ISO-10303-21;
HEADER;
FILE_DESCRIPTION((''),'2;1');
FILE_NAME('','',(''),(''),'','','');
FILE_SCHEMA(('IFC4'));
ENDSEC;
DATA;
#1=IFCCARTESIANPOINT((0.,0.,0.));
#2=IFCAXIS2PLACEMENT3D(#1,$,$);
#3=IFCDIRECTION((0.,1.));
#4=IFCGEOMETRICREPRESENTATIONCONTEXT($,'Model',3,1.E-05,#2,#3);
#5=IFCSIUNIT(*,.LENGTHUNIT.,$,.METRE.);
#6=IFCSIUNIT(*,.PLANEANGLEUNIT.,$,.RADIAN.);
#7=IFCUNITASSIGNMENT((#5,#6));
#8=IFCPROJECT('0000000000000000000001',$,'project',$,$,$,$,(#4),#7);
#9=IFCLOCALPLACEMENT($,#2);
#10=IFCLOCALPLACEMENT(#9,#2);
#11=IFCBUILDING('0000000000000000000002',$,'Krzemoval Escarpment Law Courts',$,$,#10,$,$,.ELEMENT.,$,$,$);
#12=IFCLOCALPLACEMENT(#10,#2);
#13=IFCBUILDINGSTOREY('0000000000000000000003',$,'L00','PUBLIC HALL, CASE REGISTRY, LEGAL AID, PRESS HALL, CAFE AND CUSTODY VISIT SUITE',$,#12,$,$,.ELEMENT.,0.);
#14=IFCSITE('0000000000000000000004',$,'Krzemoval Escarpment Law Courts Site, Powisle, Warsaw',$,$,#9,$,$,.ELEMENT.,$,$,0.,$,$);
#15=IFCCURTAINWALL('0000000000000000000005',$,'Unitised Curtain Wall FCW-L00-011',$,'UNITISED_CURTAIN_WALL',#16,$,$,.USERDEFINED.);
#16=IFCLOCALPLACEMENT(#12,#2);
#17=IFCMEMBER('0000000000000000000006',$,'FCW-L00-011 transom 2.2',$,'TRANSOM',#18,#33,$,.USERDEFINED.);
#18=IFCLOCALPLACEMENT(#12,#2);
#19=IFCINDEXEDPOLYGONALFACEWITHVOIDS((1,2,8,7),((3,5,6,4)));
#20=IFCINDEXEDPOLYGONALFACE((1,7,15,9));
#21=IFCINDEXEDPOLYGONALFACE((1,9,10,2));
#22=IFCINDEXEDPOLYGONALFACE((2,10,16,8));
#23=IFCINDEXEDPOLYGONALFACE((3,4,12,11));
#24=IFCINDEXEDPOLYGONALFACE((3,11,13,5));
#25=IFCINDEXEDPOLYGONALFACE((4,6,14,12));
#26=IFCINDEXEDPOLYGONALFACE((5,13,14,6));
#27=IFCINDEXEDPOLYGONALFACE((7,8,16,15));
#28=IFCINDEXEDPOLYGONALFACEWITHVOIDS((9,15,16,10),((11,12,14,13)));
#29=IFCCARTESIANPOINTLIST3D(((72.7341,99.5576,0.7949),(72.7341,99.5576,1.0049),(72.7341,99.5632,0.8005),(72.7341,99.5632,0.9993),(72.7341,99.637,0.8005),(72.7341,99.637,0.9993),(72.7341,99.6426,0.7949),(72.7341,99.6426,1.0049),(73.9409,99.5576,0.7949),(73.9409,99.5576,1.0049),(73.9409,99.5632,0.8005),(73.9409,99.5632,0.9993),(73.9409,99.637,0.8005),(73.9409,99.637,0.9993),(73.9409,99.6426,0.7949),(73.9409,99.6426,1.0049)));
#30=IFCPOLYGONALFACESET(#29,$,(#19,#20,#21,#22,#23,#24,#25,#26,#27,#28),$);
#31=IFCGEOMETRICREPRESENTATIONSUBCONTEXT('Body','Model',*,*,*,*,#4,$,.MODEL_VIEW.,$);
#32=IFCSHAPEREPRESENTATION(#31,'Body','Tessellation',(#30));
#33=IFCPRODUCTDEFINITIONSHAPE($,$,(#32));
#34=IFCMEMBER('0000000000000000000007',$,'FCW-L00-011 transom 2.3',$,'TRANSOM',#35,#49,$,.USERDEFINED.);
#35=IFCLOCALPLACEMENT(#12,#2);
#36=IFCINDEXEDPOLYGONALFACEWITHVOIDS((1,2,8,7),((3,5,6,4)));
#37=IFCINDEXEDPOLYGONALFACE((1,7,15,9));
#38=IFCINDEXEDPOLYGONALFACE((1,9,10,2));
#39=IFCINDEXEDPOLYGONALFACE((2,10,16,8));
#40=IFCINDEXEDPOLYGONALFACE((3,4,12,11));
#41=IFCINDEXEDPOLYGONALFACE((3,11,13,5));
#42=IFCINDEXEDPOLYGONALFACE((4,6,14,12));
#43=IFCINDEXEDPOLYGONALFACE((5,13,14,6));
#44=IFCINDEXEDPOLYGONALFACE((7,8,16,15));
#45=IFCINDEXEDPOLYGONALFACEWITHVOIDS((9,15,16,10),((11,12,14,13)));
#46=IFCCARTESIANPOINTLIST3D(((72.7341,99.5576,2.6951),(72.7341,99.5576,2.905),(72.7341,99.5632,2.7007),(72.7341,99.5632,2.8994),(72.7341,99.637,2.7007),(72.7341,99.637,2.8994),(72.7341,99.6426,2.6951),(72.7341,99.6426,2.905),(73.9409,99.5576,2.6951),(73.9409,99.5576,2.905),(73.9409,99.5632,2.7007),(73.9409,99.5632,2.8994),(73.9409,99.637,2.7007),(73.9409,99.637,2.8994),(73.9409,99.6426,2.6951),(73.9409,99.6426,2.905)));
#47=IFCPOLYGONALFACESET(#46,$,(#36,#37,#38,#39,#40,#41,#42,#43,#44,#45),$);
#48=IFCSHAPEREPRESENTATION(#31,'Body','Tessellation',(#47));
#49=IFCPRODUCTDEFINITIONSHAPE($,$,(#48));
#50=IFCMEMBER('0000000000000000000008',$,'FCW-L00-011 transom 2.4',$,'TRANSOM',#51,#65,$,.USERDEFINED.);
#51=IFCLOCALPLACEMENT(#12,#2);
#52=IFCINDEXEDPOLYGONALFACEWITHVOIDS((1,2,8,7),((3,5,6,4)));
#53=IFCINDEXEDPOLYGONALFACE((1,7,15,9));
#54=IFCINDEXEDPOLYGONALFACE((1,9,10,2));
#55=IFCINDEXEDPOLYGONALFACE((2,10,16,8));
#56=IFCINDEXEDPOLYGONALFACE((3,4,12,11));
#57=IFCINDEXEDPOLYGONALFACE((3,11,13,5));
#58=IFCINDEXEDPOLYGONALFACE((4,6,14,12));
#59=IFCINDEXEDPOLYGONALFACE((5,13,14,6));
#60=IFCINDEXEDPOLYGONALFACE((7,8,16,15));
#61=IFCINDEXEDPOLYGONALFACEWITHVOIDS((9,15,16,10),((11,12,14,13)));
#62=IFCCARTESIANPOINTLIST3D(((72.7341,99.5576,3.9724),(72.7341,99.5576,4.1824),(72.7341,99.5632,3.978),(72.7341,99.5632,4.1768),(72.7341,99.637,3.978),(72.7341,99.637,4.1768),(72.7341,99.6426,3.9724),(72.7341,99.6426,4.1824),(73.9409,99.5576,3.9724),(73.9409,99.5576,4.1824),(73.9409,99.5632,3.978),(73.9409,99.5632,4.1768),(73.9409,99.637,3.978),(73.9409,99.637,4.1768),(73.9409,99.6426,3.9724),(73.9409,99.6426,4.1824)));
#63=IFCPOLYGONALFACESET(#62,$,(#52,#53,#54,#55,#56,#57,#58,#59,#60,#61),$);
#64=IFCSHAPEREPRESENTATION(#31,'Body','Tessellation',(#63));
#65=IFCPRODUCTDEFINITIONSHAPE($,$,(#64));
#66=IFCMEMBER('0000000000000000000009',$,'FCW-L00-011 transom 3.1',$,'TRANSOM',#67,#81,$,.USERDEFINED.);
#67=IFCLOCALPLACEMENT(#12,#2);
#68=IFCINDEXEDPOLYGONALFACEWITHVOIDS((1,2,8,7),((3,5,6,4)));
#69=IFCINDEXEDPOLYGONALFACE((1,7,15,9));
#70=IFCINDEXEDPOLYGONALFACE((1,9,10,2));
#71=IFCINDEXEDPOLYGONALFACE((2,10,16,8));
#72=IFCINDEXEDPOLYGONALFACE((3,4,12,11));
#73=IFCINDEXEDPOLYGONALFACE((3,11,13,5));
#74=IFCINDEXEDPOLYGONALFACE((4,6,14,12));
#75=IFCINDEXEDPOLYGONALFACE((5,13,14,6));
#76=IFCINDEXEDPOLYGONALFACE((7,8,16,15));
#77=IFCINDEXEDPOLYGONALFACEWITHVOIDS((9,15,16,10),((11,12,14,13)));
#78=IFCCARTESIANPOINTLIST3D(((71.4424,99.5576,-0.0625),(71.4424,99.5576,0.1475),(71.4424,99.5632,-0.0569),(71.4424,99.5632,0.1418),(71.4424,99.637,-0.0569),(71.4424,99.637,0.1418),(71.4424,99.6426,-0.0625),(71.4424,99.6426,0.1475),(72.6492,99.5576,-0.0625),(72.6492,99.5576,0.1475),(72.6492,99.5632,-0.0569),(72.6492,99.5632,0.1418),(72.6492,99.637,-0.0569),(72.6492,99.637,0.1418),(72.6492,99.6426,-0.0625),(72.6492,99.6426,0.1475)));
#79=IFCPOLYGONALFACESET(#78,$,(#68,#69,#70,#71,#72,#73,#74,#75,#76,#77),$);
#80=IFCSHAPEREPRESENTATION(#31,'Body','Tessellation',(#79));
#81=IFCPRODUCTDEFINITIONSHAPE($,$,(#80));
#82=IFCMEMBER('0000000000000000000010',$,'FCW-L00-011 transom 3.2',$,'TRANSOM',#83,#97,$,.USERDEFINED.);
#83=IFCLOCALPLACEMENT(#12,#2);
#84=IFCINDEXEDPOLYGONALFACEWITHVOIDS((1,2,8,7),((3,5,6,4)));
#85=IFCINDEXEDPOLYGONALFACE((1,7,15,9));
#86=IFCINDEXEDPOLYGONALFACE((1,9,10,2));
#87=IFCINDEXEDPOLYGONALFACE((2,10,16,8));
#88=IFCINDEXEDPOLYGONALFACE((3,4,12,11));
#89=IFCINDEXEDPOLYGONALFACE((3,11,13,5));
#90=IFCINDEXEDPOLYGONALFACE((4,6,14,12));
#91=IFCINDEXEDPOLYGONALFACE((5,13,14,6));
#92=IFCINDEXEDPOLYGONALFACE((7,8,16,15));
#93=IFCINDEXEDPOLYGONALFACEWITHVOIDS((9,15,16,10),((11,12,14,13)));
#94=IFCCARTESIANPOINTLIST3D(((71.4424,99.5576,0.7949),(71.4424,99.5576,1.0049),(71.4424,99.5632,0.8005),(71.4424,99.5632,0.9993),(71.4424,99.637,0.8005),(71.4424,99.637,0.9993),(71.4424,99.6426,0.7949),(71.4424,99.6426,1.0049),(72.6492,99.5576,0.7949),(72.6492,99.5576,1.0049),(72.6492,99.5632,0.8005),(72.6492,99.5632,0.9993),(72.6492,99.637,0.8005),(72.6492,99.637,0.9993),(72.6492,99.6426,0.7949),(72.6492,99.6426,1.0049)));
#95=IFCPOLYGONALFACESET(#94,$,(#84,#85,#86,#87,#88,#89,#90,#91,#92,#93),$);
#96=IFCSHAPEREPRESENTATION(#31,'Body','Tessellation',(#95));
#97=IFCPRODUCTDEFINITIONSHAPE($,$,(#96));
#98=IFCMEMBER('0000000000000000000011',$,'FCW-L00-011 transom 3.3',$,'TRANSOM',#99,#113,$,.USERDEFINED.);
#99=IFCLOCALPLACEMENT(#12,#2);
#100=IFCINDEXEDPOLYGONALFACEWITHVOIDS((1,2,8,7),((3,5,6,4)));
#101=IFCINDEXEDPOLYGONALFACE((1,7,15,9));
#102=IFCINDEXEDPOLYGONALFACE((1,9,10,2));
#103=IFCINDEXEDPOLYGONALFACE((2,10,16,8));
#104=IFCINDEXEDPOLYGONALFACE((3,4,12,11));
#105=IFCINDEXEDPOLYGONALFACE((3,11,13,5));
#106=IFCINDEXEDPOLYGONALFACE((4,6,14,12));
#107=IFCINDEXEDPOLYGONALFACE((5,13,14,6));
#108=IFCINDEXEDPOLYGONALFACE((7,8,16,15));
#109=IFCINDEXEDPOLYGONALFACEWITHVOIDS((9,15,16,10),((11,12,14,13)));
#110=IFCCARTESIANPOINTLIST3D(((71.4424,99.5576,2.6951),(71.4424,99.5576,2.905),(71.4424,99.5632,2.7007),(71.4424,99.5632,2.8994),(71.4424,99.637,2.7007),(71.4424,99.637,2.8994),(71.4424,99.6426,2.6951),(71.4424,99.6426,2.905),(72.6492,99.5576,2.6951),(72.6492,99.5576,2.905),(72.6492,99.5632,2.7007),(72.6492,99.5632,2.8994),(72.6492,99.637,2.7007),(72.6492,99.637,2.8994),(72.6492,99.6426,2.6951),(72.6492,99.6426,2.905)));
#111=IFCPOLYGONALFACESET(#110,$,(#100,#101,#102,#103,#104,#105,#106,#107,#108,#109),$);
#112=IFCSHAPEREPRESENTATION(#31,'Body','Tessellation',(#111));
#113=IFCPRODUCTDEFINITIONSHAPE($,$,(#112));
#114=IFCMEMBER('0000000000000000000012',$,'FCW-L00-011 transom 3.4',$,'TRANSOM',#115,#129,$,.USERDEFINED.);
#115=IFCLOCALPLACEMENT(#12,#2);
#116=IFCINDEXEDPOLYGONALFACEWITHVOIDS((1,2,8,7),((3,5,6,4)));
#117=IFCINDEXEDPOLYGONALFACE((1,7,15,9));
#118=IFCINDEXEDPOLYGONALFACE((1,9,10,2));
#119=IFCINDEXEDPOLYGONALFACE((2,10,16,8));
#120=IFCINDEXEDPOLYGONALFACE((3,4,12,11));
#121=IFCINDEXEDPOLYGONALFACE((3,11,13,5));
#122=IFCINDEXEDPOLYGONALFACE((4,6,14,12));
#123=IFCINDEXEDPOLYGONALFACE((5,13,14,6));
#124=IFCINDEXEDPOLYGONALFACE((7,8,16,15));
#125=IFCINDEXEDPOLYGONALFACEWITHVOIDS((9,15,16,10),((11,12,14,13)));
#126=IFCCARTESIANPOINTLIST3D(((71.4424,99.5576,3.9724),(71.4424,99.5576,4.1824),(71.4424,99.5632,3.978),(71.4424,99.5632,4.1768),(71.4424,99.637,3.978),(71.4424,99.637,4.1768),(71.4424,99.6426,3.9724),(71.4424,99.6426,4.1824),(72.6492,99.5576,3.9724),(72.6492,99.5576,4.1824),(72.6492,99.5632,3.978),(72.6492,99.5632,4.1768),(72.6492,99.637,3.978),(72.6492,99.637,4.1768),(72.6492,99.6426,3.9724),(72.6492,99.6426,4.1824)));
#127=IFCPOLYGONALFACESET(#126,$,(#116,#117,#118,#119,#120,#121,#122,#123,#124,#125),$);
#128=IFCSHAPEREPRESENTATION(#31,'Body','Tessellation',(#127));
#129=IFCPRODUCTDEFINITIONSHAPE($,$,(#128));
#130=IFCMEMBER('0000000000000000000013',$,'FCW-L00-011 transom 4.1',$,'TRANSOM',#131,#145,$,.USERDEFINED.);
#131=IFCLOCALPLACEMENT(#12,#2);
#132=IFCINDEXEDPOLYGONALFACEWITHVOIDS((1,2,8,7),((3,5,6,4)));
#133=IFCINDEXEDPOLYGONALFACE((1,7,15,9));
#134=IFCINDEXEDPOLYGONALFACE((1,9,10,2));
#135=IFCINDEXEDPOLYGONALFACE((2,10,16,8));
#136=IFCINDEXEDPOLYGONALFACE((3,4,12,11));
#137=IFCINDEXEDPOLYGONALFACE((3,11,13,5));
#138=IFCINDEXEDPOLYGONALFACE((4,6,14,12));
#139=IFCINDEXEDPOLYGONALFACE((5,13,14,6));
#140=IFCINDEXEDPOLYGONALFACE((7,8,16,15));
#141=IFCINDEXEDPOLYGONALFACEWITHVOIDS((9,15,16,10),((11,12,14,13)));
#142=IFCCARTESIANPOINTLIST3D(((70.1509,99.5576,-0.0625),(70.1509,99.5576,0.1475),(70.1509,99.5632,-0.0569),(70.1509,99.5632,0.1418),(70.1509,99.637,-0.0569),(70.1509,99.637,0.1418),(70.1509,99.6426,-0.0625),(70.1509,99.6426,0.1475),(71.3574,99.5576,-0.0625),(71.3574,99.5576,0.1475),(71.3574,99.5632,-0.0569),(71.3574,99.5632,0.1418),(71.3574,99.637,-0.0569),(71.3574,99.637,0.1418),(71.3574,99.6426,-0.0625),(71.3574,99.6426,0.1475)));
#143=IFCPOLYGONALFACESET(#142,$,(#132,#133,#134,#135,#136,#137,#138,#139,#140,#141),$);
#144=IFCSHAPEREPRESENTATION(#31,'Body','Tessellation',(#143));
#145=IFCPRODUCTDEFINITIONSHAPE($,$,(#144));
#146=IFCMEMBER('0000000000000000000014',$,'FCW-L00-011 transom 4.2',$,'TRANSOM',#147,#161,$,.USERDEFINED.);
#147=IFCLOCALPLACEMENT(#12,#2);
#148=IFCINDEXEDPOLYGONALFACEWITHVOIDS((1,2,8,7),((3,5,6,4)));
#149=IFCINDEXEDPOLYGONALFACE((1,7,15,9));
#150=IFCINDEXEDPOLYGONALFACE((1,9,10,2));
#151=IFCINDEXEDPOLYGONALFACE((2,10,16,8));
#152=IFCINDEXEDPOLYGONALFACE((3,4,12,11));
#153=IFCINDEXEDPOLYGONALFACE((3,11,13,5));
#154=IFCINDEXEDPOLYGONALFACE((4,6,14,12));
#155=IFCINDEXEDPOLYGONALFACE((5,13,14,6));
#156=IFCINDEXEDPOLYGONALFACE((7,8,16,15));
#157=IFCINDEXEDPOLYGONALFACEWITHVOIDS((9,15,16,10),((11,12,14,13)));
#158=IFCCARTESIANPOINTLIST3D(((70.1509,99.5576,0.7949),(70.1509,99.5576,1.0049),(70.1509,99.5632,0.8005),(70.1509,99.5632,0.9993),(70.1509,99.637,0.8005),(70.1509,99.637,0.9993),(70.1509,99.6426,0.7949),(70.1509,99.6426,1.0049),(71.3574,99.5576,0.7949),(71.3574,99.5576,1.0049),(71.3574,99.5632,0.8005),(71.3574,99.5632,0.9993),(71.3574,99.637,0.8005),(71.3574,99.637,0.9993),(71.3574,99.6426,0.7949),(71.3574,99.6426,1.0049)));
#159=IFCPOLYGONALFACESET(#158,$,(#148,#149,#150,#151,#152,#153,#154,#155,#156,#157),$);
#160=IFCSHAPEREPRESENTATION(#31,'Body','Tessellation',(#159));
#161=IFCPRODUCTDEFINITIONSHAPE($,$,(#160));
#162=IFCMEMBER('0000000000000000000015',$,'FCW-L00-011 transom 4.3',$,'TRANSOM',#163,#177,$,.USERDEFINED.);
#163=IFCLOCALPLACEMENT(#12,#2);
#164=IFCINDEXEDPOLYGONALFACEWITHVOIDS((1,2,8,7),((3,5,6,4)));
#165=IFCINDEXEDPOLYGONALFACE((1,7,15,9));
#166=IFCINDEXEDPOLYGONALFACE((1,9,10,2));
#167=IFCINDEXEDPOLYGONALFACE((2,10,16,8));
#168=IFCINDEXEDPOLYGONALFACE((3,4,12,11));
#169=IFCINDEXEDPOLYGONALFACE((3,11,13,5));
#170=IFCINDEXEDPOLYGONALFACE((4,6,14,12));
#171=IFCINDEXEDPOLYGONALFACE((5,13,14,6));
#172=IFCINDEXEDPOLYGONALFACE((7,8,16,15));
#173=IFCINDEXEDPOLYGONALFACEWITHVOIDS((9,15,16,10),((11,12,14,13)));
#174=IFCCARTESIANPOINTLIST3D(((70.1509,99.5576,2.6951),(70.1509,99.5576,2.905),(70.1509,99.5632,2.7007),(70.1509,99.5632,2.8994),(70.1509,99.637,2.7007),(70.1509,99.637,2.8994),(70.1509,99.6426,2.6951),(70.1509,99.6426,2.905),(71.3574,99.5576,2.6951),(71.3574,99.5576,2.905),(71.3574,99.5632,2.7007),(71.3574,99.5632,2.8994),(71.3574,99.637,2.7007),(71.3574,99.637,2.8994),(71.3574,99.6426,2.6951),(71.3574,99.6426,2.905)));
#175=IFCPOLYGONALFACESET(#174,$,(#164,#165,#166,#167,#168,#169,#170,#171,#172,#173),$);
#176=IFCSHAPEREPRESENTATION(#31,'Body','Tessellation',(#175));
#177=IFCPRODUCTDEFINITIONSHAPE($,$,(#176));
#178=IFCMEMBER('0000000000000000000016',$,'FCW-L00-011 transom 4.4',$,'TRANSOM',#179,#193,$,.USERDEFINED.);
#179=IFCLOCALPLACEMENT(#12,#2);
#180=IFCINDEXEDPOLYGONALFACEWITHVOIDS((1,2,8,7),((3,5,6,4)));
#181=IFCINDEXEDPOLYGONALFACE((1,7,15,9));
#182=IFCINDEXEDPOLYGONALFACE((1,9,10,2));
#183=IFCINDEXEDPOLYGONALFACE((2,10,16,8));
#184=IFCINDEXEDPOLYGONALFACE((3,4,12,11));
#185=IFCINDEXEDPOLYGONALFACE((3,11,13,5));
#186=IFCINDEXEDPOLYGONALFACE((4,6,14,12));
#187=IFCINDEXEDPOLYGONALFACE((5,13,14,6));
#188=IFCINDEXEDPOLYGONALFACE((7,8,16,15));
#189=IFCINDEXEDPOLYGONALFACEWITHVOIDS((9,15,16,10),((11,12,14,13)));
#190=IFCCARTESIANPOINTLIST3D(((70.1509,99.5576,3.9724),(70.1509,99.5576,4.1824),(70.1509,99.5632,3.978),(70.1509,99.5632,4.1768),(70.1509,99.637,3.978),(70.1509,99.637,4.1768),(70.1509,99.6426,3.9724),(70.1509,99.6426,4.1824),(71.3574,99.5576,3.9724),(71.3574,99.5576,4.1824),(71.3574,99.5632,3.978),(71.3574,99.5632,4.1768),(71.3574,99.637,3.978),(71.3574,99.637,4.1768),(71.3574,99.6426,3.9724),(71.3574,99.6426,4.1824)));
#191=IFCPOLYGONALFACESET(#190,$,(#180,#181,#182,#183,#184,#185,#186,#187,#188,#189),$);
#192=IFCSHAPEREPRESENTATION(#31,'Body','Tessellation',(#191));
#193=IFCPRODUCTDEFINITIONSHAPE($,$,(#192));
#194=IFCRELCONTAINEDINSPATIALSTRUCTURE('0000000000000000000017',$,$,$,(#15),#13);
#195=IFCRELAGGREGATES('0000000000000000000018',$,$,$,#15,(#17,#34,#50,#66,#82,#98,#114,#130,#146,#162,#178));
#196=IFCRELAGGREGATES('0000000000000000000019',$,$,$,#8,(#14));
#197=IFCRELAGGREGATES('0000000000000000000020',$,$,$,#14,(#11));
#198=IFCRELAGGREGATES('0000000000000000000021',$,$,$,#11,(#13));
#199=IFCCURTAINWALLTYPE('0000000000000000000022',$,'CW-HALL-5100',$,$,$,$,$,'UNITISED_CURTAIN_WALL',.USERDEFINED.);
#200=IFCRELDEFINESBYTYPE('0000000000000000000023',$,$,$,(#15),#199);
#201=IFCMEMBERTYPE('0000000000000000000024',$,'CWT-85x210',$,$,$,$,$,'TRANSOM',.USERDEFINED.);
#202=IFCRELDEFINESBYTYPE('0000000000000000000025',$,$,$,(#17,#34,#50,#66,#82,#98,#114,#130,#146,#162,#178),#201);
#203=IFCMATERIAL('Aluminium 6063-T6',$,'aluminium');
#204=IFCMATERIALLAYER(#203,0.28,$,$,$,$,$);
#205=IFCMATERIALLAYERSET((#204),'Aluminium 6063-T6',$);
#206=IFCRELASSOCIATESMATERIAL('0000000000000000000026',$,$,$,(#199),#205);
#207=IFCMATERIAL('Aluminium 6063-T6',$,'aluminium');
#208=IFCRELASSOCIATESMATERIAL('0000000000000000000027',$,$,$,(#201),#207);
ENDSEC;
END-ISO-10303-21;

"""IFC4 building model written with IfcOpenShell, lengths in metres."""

from ifc_helpers import new_model, si_unit, direction, frame, origin, origin_2d, place, context, subcontext, project, spatial, hollow_rectangle, extrude, material, layer, layer_set, material_profile, profile_set, type_object, element, aggregate, save


model = new_model("IFC4")

# Units and contexts
model_context = context("Model", 3, precision=1e-05, world=origin(), true_north=direction((0.0, 1.0)))
body_context = subcontext(model_context, "Body", "Model", "MODEL_VIEW")
ifc_project = project(units=[si_unit("LENGTHUNIT", "METRE"), si_unit("PLANEANGLEUNIT", "RADIAN")], contexts=[model_context])

# Site, building, storey
site_placement = place(None, origin())
site = spatial("IfcSite", under=ifc_project, at=site_placement, Name="Krzemoval Escarpment Law Courts Site, Powisle, Warsaw", CompositionType="ELEMENT", RefElevation=0.0)
building_placement = place(site_placement, origin())
building = spatial("IfcBuilding", under=site, at=building_placement, Name="Krzemoval Escarpment Law Courts", CompositionType="ELEMENT")
storey_placement = place(building_placement, origin())
storey = spatial("IfcBuildingStorey", under=building, at=storey_placement, Name="L00", Description="PUBLIC HALL, CASE REGISTRY, LEGAL AID, PRESS HALL, CAFE AND CUSTODY VISIT SUITE", CompositionType="ELEMENT", Elevation=0.0)

# Curtain wall, members
ifc_material_1 = material(Name="Aluminium 6063-T6", Category="aluminium")
ifc_layer_1 = layer(ifc_material_1, 0.28)
ifc_layer_set_1 = layer_set([ifc_layer_1], Name="Aluminium 6063-T6")
curtain_wall_type = type_object("IfcCurtainWallType", Name="CW-HALL-5100", ElementType="UNITISED_CURTAIN_WALL", PredefinedType="USERDEFINED", material=ifc_layer_set_1)
curtain_wall_placement = place(storey_placement, origin())
curtain_wall = element("IfcCurtainWall", 1, at=curtain_wall_placement, inside=storey, type_object=curtain_wall_type, Name="Unitised Curtain Wall FCW-L00-011", ObjectType="UNITISED_CURTAIN_WALL", PredefinedType="USERDEFINED")
ifc_material_2 = material(Name="Aluminium 6063-T6", Category="aluminium")
ifc_material_profile_1 = material_profile(ifc_material_2, hollow_rectangle(XDim=0.085, YDim=0.21, WallThickness=0.0056, at=origin_2d()), Name="ALU T85x210")
ifc_profile_set_1 = profile_set([ifc_material_profile_1], Name="Aluminium 6063-T6")
member_type_1 = type_object("IfcMemberType", Name="CWT-85x210", ElementType="TRANSOM", PredefinedType="USERDEFINED", material=ifc_profile_set_1)
member_1_placement = place(storey_placement, frame((73.9409, 99.6001, 0.8999), z_axis=(-1.0, 0.0, 0.0), x_axis=(0.0, -1.0, 0.0)))
member_1 = element("IfcMember", 2, at=member_1_placement, type_object=member_type_1, Name="FCW-L00-011 transom 2.2", ObjectType="TRANSOM", PredefinedType="USERDEFINED", context=body_context, shape_type="SweptSolid", body=[
    extrude(hollow_rectangle(XDim=0.085, YDim=0.21, WallThickness=0.0056, at=origin_2d()), origin(), (0.0, 0.0, 1.0), 1.2068),
])
member_2_placement = place(storey_placement, frame((73.9409, 99.6001, 2.8), z_axis=(-1.0, 0.0, 0.0), x_axis=(0.0, -1.0, 0.0)))
member_2 = element("IfcMember", 3, at=member_2_placement, type_object=member_type_1, Name="FCW-L00-011 transom 2.3", ObjectType="TRANSOM", PredefinedType="USERDEFINED", context=body_context, shape_type="SweptSolid", body=[
    extrude(hollow_rectangle(XDim=0.085, YDim=0.21, WallThickness=0.0056, at=origin_2d()), origin(), (0.0, 0.0, 1.0), 1.2068),
])
member_3_placement = place(storey_placement, frame((73.9409, 99.6001, 4.0774), z_axis=(-1.0, 0.0, 0.0), x_axis=(0.0, -1.0, 0.0)))
member_3 = element("IfcMember", 4, at=member_3_placement, type_object=member_type_1, Name="FCW-L00-011 transom 2.4", ObjectType="TRANSOM", PredefinedType="USERDEFINED", context=body_context, shape_type="SweptSolid", body=[
    extrude(hollow_rectangle(XDim=0.085, YDim=0.21, WallThickness=0.0056, at=origin_2d()), origin(), (0.0, 0.0, 1.0), 1.2068),
])
member_4_placement = place(storey_placement, frame((72.6492, 99.6001, 0.0425), z_axis=(-1.0, 0.0, 0.0), x_axis=(0.0, -1.0, 0.0)))
member_4 = element("IfcMember", 5, at=member_4_placement, type_object=member_type_1, Name="FCW-L00-011 transom 3.1", ObjectType="TRANSOM", PredefinedType="USERDEFINED", context=body_context, shape_type="SweptSolid", body=[
    extrude(hollow_rectangle(XDim=0.085, YDim=0.21, WallThickness=0.0056, at=origin_2d()), origin(), (0.0, 0.0, 1.0), 1.2068),
])
member_5_placement = place(storey_placement, frame((72.6492, 99.6001, 0.8999), z_axis=(-1.0, 0.0, 0.0), x_axis=(0.0, -1.0, 0.0)))
member_5 = element("IfcMember", 6, at=member_5_placement, type_object=member_type_1, Name="FCW-L00-011 transom 3.2", ObjectType="TRANSOM", PredefinedType="USERDEFINED", context=body_context, shape_type="SweptSolid", body=[
    extrude(hollow_rectangle(XDim=0.085, YDim=0.21, WallThickness=0.0056, at=origin_2d()), origin(), (0.0, 0.0, 1.0), 1.2068),
])
member_6_placement = place(storey_placement, frame((72.6492, 99.6001, 2.8), z_axis=(-1.0, 0.0, 0.0), x_axis=(0.0, -1.0, 0.0)))
member_6 = element("IfcMember", 7, at=member_6_placement, type_object=member_type_1, Name="FCW-L00-011 transom 3.3", ObjectType="TRANSOM", PredefinedType="USERDEFINED", context=body_context, shape_type="SweptSolid", body=[
    extrude(hollow_rectangle(XDim=0.085, YDim=0.21, WallThickness=0.0056, at=origin_2d()), origin(), (0.0, 0.0, 1.0), 1.2068),
])
member_7_placement = place(storey_placement, frame((72.6492, 99.6001, 4.0774), z_axis=(-1.0, 0.0, 0.0), x_axis=(0.0, -1.0, 0.0)))
member_7 = element("IfcMember", 8, at=member_7_placement, type_object=member_type_1, Name="FCW-L00-011 transom 3.4", ObjectType="TRANSOM", PredefinedType="USERDEFINED", context=body_context, shape_type="SweptSolid", body=[
    extrude(hollow_rectangle(XDim=0.085, YDim=0.21, WallThickness=0.0056, at=origin_2d()), origin(), (0.0, 0.0, 1.0), 1.2068),
])
member_8_placement = place(storey_placement, frame((71.3574, 99.6001, 0.0425), z_axis=(-1.0, 0.0, 0.0), x_axis=(0.0, -1.0, 0.0)))
member_8 = element("IfcMember", 9, at=member_8_placement, type_object=member_type_1, Name="FCW-L00-011 transom 4.1", ObjectType="TRANSOM", PredefinedType="USERDEFINED", context=body_context, shape_type="SweptSolid", body=[
    extrude(hollow_rectangle(XDim=0.085, YDim=0.21, WallThickness=0.0056, at=origin_2d()), origin(), (0.0, 0.0, 1.0), 1.2065),
])
member_9_placement = place(storey_placement, frame((71.3574, 99.6001, 0.8999), z_axis=(-1.0, 0.0, 0.0), x_axis=(0.0, -1.0, 0.0)))
member_9 = element("IfcMember", 10, at=member_9_placement, type_object=member_type_1, Name="FCW-L00-011 transom 4.2", ObjectType="TRANSOM", PredefinedType="USERDEFINED", context=body_context, shape_type="SweptSolid", body=[
    extrude(hollow_rectangle(XDim=0.085, YDim=0.21, WallThickness=0.0056, at=origin_2d()), origin(), (0.0, 0.0, 1.0), 1.2065),
])
member_10_placement = place(storey_placement, frame((71.3574, 99.6001, 2.8), z_axis=(-1.0, 0.0, 0.0), x_axis=(0.0, -1.0, 0.0)))
member_10 = element("IfcMember", 11, at=member_10_placement, type_object=member_type_1, Name="FCW-L00-011 transom 4.3", ObjectType="TRANSOM", PredefinedType="USERDEFINED", context=body_context, shape_type="SweptSolid", body=[
    extrude(hollow_rectangle(XDim=0.085, YDim=0.21, WallThickness=0.0056, at=origin_2d()), origin(), (0.0, 0.0, 1.0), 1.2065),
])
member_11_placement = place(storey_placement, frame((71.3574, 99.6001, 4.0774), z_axis=(-1.0, 0.0, 0.0), x_axis=(0.0, -1.0, 0.0)))
member_11 = element("IfcMember", 12, at=member_11_placement, type_object=member_type_1, Name="FCW-L00-011 transom 4.4", ObjectType="TRANSOM", PredefinedType="USERDEFINED", context=body_context, shape_type="SweptSolid", body=[
    extrude(hollow_rectangle(XDim=0.085, YDim=0.21, WallThickness=0.0056, at=origin_2d()), origin(), (0.0, 0.0, 1.0), 1.2065),
])
aggregate(curtain_wall, [member_1, member_2, member_3, member_4, member_5, member_6, member_7, member_8, member_9, member_10, member_11])

save(model, "model.ifc")
